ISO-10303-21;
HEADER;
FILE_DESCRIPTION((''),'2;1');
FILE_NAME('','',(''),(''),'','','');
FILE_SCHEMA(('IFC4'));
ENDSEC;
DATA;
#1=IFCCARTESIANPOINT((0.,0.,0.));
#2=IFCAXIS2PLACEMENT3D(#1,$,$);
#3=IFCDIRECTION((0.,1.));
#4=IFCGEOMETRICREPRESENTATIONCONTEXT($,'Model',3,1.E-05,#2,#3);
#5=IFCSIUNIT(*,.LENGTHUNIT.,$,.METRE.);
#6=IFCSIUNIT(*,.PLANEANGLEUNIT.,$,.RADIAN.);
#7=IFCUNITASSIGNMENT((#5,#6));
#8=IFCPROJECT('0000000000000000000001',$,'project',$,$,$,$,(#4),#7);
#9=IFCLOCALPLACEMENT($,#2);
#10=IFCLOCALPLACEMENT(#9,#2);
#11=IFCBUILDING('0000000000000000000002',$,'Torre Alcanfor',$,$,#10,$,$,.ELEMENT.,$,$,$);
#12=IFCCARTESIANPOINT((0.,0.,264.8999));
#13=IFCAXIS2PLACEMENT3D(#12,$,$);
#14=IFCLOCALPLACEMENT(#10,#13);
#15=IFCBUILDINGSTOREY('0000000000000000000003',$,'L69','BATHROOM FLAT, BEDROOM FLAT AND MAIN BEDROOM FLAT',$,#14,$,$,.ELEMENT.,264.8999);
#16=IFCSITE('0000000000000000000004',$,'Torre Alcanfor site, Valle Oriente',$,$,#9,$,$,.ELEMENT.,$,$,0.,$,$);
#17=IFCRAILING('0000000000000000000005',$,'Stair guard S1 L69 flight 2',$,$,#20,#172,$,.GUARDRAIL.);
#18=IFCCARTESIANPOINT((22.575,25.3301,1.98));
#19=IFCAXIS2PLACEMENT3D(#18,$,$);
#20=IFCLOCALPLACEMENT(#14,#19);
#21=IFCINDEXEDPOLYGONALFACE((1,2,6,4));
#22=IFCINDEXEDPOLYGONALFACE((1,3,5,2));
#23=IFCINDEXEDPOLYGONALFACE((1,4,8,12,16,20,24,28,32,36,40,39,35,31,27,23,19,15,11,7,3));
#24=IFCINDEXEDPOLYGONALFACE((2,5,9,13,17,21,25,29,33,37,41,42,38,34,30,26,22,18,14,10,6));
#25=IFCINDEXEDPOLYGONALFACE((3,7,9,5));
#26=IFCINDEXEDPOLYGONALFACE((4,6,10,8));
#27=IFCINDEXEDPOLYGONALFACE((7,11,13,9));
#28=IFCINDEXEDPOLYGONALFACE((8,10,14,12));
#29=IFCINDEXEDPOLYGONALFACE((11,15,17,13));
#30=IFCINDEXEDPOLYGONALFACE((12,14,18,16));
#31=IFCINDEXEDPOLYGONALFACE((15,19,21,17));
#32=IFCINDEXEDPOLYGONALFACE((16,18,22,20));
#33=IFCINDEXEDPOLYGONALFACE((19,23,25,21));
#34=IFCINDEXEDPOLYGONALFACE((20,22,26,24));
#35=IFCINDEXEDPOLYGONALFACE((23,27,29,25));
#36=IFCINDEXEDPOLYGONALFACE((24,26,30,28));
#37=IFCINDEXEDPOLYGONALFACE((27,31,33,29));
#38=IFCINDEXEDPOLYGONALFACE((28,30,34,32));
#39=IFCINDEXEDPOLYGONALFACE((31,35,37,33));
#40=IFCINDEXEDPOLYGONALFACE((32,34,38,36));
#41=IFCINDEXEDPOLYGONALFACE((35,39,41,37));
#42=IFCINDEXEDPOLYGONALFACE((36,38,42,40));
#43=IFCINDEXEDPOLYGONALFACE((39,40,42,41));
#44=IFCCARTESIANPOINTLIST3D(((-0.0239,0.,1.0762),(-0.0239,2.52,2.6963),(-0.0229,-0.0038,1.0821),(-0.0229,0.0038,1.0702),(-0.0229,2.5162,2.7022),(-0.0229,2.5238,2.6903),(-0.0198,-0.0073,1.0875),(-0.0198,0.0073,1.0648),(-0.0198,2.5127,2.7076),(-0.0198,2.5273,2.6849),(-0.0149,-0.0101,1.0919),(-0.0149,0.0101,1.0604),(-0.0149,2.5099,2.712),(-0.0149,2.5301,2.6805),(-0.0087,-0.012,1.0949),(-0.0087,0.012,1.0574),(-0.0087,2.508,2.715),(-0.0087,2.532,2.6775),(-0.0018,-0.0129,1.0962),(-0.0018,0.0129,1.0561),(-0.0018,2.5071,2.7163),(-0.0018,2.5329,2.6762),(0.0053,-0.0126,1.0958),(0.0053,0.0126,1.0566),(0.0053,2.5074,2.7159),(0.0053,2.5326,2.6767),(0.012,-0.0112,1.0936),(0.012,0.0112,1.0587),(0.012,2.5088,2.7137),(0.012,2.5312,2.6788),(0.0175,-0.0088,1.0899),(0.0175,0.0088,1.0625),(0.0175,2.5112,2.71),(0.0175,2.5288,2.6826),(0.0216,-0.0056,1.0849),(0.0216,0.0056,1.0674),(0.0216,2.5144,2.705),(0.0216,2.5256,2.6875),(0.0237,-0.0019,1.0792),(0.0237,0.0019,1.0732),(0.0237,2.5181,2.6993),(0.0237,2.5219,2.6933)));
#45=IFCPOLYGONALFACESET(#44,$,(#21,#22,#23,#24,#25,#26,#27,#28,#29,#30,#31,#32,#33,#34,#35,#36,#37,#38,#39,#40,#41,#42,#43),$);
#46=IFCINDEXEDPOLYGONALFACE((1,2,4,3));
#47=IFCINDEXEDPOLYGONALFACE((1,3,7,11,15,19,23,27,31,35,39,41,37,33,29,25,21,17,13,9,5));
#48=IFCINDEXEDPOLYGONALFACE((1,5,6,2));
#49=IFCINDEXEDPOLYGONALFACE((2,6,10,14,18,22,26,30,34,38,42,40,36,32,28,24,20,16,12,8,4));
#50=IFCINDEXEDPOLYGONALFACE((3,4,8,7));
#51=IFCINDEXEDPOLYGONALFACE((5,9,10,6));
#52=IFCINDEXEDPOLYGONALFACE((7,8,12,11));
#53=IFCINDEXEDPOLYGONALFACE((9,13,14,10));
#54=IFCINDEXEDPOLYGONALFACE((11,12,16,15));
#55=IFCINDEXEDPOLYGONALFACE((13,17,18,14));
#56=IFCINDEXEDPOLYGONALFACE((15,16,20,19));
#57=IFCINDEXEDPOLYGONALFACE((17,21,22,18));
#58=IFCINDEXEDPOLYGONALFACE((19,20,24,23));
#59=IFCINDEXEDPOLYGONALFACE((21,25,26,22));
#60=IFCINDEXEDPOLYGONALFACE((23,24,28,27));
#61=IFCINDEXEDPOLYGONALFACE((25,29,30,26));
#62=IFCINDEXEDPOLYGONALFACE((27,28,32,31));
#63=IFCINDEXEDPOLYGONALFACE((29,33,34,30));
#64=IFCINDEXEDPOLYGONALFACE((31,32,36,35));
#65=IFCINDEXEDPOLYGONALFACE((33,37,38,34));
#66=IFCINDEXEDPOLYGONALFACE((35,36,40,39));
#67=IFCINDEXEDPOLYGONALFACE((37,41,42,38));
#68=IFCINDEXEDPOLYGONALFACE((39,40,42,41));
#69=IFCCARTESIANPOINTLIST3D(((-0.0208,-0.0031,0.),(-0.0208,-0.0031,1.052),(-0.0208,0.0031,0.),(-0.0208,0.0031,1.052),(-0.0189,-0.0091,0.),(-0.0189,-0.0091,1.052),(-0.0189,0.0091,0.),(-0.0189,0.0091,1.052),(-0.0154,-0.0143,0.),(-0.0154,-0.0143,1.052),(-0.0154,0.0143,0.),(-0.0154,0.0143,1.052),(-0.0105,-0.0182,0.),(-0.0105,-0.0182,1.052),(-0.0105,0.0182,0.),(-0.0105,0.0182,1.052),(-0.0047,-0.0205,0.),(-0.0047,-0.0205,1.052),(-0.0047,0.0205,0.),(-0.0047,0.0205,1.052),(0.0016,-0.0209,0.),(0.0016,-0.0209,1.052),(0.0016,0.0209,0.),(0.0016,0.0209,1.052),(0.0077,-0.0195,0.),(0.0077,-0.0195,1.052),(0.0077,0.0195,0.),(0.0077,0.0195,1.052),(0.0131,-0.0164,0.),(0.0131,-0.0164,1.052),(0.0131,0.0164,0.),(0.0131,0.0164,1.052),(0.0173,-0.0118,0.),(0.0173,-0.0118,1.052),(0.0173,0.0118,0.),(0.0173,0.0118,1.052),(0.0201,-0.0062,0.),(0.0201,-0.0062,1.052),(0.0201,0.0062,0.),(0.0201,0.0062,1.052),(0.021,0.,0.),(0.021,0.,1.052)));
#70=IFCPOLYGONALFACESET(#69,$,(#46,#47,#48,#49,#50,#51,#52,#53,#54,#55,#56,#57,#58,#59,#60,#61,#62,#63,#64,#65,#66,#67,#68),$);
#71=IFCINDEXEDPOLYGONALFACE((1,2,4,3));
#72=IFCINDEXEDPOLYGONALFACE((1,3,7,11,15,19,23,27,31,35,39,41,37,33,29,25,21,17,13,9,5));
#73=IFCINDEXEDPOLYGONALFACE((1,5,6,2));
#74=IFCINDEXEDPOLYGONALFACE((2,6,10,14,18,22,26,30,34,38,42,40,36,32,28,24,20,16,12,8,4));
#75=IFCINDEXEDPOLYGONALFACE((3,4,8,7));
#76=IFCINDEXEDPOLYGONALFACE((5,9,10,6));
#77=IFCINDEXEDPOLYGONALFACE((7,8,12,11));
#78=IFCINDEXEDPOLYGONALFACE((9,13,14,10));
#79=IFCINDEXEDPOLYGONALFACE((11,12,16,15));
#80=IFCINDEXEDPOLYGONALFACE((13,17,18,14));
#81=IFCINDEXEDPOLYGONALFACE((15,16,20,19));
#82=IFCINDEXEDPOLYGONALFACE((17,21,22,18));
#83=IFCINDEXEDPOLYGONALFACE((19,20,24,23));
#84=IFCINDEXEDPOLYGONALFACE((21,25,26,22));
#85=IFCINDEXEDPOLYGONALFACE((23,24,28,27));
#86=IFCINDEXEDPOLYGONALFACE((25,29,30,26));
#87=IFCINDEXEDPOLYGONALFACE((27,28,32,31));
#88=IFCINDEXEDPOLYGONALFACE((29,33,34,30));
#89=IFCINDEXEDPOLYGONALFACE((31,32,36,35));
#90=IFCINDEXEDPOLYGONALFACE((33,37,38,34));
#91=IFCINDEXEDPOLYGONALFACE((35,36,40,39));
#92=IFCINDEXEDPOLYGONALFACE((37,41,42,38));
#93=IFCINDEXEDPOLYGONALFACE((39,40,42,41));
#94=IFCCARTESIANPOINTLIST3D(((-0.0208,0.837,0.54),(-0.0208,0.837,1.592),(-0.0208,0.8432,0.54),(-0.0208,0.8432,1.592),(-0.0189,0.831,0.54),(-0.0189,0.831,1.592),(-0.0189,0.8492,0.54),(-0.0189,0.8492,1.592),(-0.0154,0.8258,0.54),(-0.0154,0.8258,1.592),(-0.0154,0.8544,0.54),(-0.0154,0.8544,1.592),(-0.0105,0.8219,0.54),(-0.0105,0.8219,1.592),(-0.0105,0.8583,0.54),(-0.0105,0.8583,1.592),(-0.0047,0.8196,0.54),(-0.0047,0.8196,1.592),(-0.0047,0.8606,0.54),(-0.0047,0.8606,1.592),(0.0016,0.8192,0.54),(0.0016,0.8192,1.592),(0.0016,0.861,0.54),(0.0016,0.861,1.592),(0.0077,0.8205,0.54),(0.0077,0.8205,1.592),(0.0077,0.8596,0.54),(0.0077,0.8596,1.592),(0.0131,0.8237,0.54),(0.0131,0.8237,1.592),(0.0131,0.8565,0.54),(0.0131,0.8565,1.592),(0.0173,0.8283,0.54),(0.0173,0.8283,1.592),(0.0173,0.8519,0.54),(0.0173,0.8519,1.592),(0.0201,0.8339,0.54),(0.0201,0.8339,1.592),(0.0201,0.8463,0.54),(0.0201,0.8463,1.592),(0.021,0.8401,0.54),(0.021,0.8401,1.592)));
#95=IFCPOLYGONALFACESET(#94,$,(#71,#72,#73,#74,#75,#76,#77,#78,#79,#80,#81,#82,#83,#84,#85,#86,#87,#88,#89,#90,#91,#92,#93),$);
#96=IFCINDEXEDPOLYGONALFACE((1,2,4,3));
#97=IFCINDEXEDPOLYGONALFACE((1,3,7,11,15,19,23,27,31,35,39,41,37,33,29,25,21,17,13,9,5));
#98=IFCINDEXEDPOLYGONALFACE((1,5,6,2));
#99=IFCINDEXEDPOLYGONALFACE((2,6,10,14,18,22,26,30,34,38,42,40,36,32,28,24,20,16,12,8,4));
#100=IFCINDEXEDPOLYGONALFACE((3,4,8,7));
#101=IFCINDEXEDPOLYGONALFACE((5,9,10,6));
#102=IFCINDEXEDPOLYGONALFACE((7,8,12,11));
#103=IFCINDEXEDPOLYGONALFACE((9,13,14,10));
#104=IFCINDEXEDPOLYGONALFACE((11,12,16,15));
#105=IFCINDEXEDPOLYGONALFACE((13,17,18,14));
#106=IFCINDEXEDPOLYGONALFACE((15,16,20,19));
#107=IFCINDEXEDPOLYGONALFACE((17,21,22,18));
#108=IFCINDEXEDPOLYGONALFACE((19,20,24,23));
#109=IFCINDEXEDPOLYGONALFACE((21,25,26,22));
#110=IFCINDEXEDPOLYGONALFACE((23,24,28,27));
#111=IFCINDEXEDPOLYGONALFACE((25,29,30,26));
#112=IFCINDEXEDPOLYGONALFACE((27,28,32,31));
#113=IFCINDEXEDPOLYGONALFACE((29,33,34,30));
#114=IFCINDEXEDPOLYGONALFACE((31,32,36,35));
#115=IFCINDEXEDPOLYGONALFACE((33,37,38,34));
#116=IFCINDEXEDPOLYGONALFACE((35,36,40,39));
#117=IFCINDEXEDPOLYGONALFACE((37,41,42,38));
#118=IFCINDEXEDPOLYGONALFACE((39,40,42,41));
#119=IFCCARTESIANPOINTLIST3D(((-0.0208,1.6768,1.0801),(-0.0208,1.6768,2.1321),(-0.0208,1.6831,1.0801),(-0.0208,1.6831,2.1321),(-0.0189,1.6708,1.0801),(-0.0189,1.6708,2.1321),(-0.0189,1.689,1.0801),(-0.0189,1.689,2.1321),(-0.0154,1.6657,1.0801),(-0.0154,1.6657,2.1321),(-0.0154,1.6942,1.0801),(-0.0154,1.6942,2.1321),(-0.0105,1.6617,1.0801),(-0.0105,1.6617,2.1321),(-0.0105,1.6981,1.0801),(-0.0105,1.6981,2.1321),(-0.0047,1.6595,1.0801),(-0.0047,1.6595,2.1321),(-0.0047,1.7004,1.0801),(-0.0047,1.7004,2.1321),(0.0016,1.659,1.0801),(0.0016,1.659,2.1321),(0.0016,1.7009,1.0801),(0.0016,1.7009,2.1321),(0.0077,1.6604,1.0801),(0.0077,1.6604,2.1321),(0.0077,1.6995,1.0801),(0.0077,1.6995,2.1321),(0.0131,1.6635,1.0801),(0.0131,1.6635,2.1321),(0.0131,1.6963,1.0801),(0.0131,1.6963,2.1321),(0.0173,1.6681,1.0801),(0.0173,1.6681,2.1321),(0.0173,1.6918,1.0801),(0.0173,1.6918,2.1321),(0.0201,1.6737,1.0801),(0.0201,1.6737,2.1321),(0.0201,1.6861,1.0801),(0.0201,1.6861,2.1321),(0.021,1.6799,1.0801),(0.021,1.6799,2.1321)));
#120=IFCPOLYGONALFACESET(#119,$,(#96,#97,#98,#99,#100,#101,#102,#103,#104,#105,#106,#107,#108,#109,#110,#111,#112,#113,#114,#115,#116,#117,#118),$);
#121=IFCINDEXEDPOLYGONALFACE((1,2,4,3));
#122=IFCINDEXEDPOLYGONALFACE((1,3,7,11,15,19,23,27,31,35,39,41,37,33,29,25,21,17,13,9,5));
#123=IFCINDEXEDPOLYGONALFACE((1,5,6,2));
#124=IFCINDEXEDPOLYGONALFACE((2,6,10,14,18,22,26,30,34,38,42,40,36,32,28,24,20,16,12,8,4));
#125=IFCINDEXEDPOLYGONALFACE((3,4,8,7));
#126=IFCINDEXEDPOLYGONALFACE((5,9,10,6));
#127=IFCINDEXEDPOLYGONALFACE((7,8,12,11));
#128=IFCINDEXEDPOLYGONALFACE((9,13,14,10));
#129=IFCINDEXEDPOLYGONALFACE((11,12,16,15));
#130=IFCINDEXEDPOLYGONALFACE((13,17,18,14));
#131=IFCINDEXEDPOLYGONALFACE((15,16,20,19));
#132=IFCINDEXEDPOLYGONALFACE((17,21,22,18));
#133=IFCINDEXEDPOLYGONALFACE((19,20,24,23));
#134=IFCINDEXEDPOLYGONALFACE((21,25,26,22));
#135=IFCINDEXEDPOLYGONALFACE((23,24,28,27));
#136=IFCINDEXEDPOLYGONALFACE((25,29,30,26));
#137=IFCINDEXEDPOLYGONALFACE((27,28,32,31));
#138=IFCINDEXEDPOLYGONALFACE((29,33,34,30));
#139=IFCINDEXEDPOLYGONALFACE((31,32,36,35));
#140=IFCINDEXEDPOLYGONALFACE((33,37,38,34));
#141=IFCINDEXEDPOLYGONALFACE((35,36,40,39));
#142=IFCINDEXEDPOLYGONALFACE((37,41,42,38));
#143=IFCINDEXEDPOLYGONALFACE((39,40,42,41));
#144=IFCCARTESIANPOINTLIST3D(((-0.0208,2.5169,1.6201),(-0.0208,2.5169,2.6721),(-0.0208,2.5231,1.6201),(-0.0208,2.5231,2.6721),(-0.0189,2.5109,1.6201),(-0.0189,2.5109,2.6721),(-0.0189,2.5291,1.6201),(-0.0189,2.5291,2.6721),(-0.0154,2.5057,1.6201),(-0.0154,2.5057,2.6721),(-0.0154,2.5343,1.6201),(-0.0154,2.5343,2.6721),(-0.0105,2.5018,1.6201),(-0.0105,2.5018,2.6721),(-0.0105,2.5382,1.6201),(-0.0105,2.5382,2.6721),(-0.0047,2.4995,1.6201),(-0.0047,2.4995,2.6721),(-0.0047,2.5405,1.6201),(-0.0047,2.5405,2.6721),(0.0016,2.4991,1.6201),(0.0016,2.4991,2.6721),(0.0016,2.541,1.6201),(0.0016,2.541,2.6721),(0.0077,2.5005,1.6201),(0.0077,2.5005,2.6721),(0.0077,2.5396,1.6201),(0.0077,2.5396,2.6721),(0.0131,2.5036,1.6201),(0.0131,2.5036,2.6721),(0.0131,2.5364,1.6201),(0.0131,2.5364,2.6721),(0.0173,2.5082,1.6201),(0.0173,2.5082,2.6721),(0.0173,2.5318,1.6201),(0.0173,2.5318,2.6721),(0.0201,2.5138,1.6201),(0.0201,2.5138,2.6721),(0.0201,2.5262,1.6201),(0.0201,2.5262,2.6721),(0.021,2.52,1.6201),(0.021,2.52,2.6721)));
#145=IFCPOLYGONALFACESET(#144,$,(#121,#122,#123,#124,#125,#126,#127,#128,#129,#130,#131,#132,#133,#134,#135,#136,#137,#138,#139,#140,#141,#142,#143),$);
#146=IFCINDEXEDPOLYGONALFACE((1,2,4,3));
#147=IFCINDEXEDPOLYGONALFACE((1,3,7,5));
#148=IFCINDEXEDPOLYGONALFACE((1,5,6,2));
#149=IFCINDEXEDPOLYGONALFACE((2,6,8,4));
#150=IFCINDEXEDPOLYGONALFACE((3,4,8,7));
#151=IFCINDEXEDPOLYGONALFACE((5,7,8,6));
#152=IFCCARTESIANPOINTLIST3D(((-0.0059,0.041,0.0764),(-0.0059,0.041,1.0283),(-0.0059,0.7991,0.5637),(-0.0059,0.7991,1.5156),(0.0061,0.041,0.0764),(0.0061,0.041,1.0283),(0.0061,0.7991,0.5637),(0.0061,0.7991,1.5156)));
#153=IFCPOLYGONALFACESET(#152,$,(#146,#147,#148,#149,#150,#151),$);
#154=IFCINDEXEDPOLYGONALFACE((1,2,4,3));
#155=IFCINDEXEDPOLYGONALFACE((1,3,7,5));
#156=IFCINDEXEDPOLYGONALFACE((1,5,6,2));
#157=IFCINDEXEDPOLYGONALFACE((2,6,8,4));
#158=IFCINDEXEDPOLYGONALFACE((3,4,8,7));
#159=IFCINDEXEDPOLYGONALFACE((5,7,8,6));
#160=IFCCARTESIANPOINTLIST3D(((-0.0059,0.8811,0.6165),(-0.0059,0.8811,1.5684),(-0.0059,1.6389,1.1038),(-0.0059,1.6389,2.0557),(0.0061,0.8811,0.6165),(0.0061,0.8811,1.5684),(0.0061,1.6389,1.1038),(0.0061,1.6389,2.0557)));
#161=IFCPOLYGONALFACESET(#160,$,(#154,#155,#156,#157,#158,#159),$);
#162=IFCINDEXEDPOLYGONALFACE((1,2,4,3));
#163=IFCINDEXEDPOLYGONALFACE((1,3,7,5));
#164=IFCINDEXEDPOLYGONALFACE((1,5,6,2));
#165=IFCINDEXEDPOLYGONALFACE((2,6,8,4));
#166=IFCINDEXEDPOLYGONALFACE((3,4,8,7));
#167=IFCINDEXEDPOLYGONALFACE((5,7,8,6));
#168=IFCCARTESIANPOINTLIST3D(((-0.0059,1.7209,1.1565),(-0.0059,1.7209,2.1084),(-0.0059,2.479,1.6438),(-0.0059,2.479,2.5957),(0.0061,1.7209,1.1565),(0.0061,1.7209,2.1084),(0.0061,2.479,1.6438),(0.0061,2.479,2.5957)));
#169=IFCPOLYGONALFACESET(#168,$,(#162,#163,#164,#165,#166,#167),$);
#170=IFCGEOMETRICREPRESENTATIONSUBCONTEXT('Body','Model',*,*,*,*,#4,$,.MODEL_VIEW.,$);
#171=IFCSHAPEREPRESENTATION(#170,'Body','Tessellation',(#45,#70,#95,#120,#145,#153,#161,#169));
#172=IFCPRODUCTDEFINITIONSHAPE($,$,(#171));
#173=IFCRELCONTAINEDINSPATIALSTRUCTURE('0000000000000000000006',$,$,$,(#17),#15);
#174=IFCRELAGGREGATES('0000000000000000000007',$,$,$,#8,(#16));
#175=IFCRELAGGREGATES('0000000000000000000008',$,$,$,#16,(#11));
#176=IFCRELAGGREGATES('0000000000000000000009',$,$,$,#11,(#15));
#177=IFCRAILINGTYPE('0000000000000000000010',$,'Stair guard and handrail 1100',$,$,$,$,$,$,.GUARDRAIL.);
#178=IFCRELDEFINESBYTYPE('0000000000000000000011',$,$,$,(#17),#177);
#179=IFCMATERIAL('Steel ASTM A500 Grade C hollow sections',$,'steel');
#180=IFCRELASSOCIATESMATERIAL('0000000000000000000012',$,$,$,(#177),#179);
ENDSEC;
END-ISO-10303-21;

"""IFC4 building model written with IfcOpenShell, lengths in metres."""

from ifc_helpers import new_model, si_unit, direction, frame, origin, origin_2d, place, context, subcontext, project, spatial, polyline, circle, outline, extrude, material, type_object, element, save


model = new_model("IFC4")

# Units and contexts
model_context = context("Model", 3, precision=1e-05, world=origin(), true_north=direction((0.0, 1.0)))
body_context = subcontext(model_context, "Body", "Model", "MODEL_VIEW")
ifc_project = project(units=[si_unit("LENGTHUNIT", "METRE"), si_unit("PLANEANGLEUNIT", "RADIAN")], contexts=[model_context])

# Site, building, storey
site_placement = place(None, origin())
site = spatial("IfcSite", under=ifc_project, at=site_placement, Name="Torre Alcanfor site, Valle Oriente", CompositionType="ELEMENT", RefElevation=0.0)
building_placement = place(site_placement, origin())
building = spatial("IfcBuilding", under=site, at=building_placement, Name="Torre Alcanfor", CompositionType="ELEMENT")
storey_placement = place(building_placement, frame((0.0, 0.0, 264.8999)))
storey = spatial("IfcBuildingStorey", under=building, at=storey_placement, Name="L69", Description="BATHROOM FLAT, BEDROOM FLAT AND MAIN BEDROOM FLAT", CompositionType="ELEMENT", Elevation=264.8999)

# Railing
ifc_material_1 = material(Name="Steel ASTM A500 Grade C hollow sections", Category="steel")
railing_type_1 = type_object("IfcRailingType", Name="Stair guard and handrail 1100", PredefinedType="GUARDRAIL", material=ifc_material_1)
railing_1_placement = place(storey_placement, frame((22.575, 25.3301, 1.98)))
element("IfcRailing", 1, at=railing_1_placement, inside=storey, type_object=railing_type_1, Name="Stair guard S1 L69 flight 2", PredefinedType="GUARDRAIL", context=body_context, shape_type="SweptSolid", body=[
    extrude(circle(Radius=0.0239, at=origin_2d()), frame((0.0, 0.0, 1.0762), z_axis=(0.0, 0.841163, 0.540782), x_axis=(-1.0, 0.0, 0.0)), (0.0, 0.0, 1.0), 2.9958),
    extrude(circle(Radius=0.021, at=origin_2d()), origin(), (0.0, 0.0, 1.0), 1.052),
    extrude(circle(Radius=0.021, at=origin_2d()), frame((0.0, 0.8401, 0.54)), (0.0, 0.0, 1.0), 1.052),
    extrude(circle(Radius=0.021, at=origin_2d()), frame((0.0, 1.6799, 1.0801)), (0.0, 0.0, 1.0), 1.052),
    extrude(circle(Radius=0.021, at=origin_2d()), frame((0.0, 2.52, 1.6201)), (0.0, 0.0, 1.0), 1.052),
    extrude(outline(polyline([(0.041, 0.0764), (0.7991, 0.5637), (0.7991, 1.5156), (0.041, 1.0283), (0.041, 0.0764)])), frame((-0.0059, 0.0, 0.0), z_axis=(1.0, 0.0, 0.0), x_axis=(0.0, 1.0, 0.0)), (0.0, 0.0, 1.0), 0.012),
    extrude(outline(polyline([(0.8811, 0.6165), (1.6389, 1.1038), (1.6389, 2.0557), (0.8811, 1.5684), (0.8811, 0.6165)])), frame((-0.0059, 0.0, 0.0), z_axis=(1.0, 0.0, 0.0), x_axis=(0.0, 1.0, 0.0)), (0.0, 0.0, 1.0), 0.012),
    extrude(outline(polyline([(1.7209, 1.1565), (2.479, 1.6438), (2.479, 2.5957), (1.7209, 2.1084), (1.7209, 1.1565)])), frame((-0.0059, 0.0, 0.0), z_axis=(1.0, 0.0, 0.0), x_axis=(0.0, 1.0, 0.0)), (0.0, 0.0, 1.0), 0.012),
])

save(model, "model.ifc")
